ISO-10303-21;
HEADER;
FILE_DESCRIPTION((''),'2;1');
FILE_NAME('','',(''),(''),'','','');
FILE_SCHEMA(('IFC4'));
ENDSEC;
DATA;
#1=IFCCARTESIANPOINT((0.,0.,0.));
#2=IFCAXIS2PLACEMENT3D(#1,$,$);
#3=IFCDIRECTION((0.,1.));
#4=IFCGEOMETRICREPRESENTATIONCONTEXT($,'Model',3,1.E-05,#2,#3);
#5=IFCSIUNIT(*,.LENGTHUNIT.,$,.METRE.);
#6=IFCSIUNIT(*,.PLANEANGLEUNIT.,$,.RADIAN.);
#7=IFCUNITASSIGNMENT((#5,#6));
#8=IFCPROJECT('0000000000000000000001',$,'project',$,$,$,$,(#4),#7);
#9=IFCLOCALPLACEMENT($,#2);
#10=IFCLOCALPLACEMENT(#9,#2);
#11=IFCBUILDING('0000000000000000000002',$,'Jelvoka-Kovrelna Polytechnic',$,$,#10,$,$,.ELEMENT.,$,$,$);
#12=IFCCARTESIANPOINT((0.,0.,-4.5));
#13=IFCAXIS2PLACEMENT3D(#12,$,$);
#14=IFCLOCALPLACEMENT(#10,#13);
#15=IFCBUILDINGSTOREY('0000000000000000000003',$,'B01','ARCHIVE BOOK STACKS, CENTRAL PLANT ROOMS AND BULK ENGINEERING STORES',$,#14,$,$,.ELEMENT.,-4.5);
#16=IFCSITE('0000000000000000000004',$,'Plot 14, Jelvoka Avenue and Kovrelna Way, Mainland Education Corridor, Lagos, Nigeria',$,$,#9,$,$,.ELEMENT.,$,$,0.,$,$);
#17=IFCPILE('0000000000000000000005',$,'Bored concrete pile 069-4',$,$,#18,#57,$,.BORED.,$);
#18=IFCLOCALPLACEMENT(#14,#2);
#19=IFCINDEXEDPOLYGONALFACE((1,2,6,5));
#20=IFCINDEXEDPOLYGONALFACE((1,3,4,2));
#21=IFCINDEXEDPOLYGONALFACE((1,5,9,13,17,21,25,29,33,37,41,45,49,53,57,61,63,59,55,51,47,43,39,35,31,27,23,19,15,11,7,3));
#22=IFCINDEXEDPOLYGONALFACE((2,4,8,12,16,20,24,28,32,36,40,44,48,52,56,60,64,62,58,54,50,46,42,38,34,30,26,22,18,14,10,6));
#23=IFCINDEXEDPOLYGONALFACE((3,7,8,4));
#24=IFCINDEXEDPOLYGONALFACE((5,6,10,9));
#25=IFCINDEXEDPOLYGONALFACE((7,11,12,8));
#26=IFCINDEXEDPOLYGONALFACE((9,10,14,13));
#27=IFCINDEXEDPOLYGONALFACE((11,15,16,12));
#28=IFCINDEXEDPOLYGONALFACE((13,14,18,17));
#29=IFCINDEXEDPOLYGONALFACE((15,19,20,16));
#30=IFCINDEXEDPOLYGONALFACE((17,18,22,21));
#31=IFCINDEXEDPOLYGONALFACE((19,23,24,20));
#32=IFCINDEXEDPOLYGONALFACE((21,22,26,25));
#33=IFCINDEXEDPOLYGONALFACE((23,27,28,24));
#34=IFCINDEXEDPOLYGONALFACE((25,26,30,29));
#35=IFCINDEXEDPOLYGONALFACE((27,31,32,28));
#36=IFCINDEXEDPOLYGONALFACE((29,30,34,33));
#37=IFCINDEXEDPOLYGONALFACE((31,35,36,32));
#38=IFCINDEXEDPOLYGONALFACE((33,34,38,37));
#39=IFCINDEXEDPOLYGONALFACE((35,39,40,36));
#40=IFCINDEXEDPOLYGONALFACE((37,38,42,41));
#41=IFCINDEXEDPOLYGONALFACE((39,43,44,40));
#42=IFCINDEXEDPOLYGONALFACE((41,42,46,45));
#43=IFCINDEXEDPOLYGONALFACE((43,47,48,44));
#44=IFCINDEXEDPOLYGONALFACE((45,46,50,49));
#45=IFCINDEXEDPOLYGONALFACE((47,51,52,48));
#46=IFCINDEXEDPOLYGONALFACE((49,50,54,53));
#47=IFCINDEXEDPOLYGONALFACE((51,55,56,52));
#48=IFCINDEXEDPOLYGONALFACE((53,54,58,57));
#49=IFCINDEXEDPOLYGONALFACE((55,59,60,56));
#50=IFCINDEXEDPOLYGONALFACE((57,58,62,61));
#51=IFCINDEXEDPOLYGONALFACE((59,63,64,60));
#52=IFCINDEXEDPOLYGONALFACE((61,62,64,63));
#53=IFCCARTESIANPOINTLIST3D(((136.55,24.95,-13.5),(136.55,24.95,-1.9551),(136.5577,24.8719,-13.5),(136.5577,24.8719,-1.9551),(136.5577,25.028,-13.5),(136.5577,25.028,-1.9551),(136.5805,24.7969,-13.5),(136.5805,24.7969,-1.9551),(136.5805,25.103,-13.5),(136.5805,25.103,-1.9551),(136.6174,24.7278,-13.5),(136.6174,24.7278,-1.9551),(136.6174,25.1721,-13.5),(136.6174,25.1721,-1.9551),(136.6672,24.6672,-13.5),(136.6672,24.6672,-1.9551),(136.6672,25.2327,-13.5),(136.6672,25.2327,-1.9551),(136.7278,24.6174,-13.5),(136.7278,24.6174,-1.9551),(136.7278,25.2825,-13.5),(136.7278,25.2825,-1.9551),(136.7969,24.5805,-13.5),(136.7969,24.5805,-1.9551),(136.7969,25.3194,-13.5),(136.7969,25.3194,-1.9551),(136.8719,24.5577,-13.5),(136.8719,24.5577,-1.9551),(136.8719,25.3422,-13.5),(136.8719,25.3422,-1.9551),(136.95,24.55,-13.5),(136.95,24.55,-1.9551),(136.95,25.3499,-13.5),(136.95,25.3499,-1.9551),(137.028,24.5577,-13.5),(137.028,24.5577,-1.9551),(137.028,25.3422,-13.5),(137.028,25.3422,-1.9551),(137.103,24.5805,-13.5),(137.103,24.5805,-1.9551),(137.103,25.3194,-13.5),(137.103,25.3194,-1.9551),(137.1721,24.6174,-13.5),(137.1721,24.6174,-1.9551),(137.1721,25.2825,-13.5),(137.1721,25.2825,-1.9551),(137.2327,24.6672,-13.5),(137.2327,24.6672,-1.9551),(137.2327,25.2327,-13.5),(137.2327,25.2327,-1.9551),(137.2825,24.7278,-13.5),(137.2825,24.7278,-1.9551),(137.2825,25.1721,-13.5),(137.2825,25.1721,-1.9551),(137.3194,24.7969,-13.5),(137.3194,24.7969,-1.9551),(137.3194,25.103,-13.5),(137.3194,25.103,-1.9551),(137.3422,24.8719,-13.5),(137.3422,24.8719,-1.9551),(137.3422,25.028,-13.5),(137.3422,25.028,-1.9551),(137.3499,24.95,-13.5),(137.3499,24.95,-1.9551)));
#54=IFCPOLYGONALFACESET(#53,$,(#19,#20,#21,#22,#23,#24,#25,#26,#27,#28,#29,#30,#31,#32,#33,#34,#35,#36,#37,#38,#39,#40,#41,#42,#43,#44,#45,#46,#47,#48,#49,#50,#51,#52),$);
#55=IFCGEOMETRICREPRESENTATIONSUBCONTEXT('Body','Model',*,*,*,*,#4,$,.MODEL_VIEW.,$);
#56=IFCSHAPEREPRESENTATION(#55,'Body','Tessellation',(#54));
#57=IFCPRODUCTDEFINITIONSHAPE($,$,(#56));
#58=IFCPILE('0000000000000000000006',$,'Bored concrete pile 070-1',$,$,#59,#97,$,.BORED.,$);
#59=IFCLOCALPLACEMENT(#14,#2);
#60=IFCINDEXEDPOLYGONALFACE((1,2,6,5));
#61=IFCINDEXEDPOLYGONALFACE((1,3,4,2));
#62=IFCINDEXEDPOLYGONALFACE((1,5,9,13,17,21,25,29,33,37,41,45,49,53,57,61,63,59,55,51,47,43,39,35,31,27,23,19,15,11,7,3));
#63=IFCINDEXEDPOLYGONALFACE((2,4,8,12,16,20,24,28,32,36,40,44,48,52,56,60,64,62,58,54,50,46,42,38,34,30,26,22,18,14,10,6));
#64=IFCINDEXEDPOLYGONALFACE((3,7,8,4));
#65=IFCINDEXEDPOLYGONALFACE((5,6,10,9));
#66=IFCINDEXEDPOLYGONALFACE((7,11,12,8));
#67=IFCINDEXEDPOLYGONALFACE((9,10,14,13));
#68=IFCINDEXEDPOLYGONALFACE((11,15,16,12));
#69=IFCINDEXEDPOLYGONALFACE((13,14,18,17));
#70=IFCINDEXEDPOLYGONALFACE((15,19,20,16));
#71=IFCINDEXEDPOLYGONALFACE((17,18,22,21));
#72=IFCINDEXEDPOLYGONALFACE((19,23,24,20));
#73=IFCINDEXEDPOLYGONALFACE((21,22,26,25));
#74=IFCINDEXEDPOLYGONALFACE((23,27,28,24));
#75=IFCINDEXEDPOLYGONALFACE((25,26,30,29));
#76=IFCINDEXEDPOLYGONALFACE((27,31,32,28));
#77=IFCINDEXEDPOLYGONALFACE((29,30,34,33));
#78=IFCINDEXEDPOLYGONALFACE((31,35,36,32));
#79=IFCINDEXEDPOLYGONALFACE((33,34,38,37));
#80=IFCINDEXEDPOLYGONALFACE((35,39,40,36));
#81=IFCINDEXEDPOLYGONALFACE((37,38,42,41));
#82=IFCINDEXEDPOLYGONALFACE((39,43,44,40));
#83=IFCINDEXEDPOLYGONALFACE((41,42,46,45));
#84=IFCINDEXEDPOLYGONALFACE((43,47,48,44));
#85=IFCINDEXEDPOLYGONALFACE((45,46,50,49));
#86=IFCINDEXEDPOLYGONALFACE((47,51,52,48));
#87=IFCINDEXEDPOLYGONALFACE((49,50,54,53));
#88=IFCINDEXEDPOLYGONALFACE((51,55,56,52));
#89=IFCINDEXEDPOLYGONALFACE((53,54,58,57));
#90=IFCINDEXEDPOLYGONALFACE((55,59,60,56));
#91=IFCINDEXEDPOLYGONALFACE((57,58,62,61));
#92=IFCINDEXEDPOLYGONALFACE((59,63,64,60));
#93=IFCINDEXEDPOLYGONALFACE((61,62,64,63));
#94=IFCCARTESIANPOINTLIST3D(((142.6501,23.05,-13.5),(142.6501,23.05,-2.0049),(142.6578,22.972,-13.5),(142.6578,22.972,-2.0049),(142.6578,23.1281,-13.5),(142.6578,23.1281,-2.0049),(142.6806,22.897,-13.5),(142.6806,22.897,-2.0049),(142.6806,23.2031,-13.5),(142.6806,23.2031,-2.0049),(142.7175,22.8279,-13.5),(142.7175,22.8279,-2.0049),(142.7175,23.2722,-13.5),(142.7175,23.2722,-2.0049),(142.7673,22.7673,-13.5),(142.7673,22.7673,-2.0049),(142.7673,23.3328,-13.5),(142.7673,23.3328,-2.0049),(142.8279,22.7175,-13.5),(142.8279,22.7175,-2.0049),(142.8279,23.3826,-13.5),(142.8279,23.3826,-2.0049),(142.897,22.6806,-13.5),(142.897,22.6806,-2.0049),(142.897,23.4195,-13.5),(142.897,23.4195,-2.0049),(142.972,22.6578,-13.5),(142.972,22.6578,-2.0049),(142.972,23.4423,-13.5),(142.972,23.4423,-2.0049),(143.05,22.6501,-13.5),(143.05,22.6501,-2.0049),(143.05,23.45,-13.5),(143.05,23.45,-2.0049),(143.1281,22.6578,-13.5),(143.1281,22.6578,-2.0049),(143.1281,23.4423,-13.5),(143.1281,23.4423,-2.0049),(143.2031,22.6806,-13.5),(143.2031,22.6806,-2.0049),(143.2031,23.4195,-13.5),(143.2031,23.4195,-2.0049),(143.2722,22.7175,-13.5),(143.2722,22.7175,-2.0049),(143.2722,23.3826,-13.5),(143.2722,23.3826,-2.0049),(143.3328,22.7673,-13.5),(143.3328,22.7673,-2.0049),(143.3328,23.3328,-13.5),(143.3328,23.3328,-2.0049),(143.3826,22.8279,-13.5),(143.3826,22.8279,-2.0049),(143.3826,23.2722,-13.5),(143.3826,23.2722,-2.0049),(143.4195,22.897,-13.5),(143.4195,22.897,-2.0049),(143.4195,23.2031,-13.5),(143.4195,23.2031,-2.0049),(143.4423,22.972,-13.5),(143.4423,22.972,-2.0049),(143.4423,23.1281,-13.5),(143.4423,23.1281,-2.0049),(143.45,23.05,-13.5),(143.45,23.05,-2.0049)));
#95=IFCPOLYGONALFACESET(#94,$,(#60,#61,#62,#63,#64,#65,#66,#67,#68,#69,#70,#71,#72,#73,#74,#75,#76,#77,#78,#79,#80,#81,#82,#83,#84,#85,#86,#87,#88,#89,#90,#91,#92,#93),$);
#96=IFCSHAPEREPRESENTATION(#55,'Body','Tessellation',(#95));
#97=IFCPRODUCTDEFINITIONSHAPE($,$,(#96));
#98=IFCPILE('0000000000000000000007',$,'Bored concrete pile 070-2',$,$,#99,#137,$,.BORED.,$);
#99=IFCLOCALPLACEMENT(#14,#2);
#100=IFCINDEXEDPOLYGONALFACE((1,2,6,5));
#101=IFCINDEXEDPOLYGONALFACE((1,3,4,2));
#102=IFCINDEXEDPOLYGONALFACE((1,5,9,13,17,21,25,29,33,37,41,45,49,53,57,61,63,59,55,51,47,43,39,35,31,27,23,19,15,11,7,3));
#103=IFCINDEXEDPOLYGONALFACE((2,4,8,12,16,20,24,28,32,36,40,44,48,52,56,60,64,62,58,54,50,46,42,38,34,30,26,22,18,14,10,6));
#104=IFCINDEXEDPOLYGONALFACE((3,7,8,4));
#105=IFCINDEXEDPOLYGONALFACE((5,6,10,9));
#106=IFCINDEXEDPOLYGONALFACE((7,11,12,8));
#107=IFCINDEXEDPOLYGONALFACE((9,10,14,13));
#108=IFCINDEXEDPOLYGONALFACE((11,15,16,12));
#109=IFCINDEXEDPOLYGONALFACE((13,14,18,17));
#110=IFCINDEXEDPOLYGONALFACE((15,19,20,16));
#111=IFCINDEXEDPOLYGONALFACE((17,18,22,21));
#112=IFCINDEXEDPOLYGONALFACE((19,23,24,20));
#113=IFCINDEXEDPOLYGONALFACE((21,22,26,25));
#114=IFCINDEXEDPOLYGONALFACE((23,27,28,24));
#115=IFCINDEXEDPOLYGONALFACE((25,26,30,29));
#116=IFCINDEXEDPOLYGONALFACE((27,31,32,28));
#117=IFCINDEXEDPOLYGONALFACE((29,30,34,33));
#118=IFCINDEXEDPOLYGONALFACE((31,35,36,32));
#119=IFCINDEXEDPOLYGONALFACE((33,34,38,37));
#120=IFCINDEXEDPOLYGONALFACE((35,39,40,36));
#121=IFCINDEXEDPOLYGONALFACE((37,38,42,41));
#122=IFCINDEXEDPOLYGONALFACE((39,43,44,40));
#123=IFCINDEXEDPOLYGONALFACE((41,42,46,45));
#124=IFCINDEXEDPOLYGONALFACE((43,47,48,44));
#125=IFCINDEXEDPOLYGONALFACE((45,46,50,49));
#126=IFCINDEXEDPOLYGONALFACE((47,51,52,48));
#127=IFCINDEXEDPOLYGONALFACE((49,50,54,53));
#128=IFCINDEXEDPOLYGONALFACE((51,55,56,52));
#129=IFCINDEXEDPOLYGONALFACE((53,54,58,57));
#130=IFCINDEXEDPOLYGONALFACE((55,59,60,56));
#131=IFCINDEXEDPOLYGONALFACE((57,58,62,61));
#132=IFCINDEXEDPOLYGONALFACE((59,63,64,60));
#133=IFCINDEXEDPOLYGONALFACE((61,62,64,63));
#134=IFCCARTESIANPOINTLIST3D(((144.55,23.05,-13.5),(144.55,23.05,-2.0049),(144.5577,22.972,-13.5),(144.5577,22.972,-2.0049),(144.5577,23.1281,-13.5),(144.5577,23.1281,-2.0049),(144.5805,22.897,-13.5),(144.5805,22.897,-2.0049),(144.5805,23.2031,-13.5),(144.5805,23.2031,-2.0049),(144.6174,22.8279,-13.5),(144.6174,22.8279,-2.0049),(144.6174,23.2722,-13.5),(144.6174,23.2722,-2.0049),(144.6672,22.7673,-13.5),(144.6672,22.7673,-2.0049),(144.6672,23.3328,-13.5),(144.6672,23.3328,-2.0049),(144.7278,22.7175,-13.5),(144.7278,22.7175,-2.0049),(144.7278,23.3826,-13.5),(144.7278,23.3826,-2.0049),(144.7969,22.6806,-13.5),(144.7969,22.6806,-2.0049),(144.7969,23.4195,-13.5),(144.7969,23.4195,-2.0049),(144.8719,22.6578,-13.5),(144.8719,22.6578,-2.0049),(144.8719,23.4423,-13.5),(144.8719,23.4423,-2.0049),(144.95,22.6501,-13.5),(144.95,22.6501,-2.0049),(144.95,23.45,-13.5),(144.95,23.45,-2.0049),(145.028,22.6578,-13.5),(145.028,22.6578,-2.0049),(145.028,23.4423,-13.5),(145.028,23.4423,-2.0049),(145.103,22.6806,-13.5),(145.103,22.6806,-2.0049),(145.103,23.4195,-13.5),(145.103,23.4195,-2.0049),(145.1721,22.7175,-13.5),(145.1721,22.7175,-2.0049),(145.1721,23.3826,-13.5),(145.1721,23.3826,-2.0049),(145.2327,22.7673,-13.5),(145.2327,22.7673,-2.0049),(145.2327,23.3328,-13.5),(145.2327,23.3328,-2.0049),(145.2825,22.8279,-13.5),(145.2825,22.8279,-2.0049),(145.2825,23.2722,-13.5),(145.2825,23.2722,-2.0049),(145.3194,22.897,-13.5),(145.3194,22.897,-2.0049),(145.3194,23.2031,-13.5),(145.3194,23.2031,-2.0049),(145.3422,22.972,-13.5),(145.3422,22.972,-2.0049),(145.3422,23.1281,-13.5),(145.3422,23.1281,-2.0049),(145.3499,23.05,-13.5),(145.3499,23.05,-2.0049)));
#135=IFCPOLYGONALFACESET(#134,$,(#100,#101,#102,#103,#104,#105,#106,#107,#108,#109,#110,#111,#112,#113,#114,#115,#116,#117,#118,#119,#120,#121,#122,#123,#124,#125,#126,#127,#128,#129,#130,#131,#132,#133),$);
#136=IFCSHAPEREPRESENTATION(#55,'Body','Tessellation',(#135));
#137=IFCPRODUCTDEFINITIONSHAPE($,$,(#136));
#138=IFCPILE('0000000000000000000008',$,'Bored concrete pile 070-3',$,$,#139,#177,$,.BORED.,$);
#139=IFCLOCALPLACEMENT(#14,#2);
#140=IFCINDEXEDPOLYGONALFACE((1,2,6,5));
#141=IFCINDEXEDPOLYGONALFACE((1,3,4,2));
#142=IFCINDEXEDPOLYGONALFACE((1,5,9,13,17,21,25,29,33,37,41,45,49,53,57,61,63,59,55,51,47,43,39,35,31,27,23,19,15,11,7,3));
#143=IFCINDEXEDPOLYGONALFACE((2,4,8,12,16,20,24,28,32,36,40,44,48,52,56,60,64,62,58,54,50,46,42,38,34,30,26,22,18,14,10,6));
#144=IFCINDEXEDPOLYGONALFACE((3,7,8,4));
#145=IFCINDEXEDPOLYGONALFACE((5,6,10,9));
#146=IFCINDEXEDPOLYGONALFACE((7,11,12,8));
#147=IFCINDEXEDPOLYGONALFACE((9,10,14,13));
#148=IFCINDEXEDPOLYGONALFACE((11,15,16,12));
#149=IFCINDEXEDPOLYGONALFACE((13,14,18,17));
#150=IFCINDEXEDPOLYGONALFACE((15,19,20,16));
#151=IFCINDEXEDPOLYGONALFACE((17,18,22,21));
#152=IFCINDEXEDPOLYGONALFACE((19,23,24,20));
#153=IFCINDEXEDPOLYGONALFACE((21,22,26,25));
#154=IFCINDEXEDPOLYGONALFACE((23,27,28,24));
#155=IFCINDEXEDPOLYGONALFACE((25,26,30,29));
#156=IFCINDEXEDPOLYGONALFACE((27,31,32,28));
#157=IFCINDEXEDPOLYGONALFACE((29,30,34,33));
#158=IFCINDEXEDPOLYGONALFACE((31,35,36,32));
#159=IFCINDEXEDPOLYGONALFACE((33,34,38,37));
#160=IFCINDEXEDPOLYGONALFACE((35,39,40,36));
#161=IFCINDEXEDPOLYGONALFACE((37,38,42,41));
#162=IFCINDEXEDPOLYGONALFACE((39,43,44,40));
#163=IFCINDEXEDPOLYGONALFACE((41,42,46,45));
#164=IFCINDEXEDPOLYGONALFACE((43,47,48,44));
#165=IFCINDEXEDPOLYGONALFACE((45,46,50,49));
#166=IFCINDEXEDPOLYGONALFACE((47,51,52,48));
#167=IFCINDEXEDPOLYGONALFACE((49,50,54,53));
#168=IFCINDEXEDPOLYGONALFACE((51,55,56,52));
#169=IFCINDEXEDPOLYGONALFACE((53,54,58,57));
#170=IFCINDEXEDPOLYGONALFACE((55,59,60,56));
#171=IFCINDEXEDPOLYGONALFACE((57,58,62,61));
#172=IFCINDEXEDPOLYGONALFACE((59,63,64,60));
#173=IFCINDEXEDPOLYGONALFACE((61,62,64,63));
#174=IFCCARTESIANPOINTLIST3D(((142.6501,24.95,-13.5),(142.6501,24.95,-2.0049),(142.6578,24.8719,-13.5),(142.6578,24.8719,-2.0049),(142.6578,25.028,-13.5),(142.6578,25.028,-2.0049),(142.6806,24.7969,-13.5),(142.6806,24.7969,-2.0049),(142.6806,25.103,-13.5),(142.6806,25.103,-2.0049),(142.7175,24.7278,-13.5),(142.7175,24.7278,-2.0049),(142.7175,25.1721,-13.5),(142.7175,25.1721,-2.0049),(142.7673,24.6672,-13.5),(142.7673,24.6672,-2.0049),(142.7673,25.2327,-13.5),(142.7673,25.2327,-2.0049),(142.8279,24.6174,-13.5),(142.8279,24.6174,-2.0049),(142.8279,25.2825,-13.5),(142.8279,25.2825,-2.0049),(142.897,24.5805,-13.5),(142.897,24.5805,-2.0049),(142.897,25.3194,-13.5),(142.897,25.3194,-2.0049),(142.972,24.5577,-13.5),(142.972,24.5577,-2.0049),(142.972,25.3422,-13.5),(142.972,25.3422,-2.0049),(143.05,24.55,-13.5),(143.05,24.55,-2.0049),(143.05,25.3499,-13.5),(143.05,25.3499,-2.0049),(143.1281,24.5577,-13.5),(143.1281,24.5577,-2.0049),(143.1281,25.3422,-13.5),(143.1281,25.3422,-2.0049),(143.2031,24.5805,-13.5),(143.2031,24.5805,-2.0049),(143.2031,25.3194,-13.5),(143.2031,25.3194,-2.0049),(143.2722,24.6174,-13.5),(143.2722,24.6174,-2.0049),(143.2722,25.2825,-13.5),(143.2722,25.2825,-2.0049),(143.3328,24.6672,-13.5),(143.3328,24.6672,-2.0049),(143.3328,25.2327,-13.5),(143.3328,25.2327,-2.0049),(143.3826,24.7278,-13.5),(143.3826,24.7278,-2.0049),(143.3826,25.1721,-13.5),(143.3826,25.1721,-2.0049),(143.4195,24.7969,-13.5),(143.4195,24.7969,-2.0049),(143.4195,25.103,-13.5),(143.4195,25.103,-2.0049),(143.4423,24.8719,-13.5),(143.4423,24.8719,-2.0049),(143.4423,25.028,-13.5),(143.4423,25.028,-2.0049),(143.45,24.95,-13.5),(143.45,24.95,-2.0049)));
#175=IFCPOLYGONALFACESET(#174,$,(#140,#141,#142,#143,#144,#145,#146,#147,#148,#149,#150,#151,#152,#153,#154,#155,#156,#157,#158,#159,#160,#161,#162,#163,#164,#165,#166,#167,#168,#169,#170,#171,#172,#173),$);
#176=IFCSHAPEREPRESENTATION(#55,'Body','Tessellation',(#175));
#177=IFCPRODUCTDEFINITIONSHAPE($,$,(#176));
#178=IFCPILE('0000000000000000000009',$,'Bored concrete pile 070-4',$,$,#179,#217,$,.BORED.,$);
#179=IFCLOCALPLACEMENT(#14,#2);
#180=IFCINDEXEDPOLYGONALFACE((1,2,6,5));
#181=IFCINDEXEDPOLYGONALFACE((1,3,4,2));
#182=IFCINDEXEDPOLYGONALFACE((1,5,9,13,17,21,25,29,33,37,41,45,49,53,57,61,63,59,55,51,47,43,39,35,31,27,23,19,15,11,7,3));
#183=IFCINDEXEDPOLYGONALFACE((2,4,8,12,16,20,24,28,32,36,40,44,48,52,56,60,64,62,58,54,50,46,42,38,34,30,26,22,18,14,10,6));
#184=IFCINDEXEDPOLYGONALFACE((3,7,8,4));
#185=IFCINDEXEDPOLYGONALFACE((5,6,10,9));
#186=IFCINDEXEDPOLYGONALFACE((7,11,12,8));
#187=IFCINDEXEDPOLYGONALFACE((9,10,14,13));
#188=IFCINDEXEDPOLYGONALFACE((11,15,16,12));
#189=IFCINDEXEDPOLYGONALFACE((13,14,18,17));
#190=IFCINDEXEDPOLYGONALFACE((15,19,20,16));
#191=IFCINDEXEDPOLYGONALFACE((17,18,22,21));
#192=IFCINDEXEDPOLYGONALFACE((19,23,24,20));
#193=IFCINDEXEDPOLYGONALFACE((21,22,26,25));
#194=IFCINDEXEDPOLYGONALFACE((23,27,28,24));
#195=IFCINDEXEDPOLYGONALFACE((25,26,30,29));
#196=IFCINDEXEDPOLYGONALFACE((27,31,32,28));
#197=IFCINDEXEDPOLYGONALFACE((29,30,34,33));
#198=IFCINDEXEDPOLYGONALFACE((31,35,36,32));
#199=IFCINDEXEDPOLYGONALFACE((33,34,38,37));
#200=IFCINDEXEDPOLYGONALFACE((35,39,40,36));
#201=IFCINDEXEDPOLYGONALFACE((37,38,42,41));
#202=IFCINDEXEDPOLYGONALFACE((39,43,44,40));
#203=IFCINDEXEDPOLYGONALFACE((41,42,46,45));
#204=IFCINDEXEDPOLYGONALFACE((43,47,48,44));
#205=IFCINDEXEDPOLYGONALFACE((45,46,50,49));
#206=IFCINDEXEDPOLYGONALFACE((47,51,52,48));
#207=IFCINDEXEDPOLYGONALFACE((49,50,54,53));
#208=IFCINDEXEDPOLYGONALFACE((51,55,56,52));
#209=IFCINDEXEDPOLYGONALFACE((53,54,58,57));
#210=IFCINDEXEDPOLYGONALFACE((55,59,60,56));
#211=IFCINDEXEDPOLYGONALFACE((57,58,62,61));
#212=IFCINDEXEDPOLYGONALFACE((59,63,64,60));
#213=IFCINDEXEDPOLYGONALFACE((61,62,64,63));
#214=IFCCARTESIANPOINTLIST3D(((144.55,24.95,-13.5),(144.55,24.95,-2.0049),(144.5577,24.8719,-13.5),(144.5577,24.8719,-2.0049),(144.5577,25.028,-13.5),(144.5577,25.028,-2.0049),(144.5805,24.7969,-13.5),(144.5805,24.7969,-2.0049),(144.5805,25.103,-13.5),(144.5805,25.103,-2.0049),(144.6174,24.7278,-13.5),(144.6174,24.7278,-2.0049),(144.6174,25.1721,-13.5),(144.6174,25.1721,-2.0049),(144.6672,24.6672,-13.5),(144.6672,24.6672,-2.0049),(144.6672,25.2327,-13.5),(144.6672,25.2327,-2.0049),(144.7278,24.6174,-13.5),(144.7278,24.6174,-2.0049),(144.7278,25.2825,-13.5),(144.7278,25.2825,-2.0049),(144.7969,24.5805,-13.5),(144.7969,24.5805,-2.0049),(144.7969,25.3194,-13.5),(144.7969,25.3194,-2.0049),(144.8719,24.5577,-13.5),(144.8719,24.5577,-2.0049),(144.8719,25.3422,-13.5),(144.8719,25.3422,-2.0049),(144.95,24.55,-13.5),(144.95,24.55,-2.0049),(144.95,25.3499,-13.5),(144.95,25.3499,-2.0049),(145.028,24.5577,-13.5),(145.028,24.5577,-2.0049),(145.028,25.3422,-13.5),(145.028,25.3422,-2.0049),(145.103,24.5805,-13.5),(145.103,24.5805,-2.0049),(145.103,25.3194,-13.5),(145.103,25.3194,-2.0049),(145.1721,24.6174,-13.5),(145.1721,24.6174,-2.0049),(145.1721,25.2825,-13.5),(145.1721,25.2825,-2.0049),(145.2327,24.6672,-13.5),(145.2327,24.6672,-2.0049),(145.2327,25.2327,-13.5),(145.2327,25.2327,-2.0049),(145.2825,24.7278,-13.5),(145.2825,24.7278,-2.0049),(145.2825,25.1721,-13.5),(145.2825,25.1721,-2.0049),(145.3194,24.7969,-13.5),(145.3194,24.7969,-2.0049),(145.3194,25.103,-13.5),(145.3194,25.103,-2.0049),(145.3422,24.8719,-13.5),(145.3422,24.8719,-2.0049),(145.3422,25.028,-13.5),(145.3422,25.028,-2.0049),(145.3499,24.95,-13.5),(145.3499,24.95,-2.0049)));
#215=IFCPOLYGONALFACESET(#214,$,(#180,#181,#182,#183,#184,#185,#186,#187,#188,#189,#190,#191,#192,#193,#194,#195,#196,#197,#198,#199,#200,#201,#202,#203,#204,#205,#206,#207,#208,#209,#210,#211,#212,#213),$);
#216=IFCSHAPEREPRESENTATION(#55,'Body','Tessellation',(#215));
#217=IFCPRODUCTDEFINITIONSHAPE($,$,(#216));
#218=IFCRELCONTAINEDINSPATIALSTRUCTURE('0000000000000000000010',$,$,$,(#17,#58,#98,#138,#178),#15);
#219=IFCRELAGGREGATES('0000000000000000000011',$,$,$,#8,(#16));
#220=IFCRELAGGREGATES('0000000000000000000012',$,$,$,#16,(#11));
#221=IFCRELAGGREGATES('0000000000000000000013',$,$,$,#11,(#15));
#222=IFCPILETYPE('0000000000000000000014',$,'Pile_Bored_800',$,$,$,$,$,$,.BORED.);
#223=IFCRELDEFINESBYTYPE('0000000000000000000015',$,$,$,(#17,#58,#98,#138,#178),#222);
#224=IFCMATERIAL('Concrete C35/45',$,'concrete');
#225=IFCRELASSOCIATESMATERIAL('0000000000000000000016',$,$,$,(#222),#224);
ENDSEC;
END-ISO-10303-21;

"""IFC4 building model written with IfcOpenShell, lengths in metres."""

from ifc_helpers import new_model, si_unit, direction, frame, origin, origin_2d, place, context, subcontext, project, spatial, circle, extrude, material, material_profile, profile_set, type_object, element, save


model = new_model("IFC4")

# Units and contexts
model_context = context("Model", 3, precision=1e-05, world=origin(), true_north=direction((0.0, 1.0)))
body_context = subcontext(model_context, "Body", "Model", "MODEL_VIEW")
ifc_project = project(units=[si_unit("LENGTHUNIT", "METRE"), si_unit("PLANEANGLEUNIT", "RADIAN")], contexts=[model_context])

# Site, building, storey
site_placement = place(None, origin())
site = spatial("IfcSite", under=ifc_project, at=site_placement, Name="Plot 14, Jelvoka Avenue and Kovrelna Way, Mainland Education Corridor, Lagos, Nigeria", CompositionType="ELEMENT", RefElevation=0.0)
building_placement = place(site_placement, origin())
building = spatial("IfcBuilding", under=site, at=building_placement, Name="Jelvoka-Kovrelna Polytechnic", CompositionType="ELEMENT")
storey_placement = place(building_placement, frame((0.0, 0.0, -4.5)))
storey = spatial("IfcBuildingStorey", under=building, at=storey_placement, Name="B01", Description="ARCHIVE BOOK STACKS, CENTRAL PLANT ROOMS AND BULK ENGINEERING STORES", CompositionType="ELEMENT", Elevation=-4.5)

# Piles
ifc_material_1 = material(Name="Concrete C35/45", Category="concrete")
ifc_material_profile_1 = material_profile(ifc_material_1, circle(Radius=0.3999, at=origin_2d()), Name="PILE D800")
ifc_profile_set_1 = profile_set([ifc_material_profile_1], Name="Concrete C35/45")
pile_type = type_object("IfcPileType", Name="Pile_Bored_800", PredefinedType="BORED", material=ifc_profile_set_1)
pile_placement = place(storey_placement, frame((136.95, 24.95, -1.9551), z_axis=(0.0, 0.0, -1.0), x_axis=(1.0, 0.0, 0.0)))
element("IfcPile", 1, at=pile_placement, inside=storey, type_object=pile_type, Name="Bored concrete pile 069-4", PredefinedType="BORED", context=body_context, shape_type="SweptSolid", body=[
    extrude(circle(Radius=0.3999, at=origin_2d()), origin(), (0.0, 0.0, 1.0), 11.5449),
])
for number, where, z_axis, x_axis, name in (
    (2, (143.05, 23.05, -2.0049), (0.0, 0.0, -1.0), (1.0, 0.0, 0.0), "Bored concrete pile 070-1"),
    (3, (144.95, 23.05, -2.0049), (0.0, 0.0, -1.0), (1.0, 0.0, 0.0), "Bored concrete pile 070-2"),
    (4, (143.05, 24.95, -2.0049), (0.0, 0.0, -1.0), (1.0, 0.0, 0.0), "Bored concrete pile 070-3"),
    (5, (144.95, 24.95, -2.0049), (0.0, 0.0, -1.0), (1.0, 0.0, 0.0), "Bored concrete pile 070-4"),
):
    element("IfcPile", number, at=place(storey_placement, frame(where, z_axis=z_axis, x_axis=x_axis)), inside=storey, type_object=pile_type, Name=name, PredefinedType="BORED", context=body_context, shape_type="SweptSolid", body=[
        extrude(circle(Radius=0.3999, at=origin_2d()), origin(), (0.0, 0.0, 1.0), 11.4951),
    ])

save(model, "model.ifc")
